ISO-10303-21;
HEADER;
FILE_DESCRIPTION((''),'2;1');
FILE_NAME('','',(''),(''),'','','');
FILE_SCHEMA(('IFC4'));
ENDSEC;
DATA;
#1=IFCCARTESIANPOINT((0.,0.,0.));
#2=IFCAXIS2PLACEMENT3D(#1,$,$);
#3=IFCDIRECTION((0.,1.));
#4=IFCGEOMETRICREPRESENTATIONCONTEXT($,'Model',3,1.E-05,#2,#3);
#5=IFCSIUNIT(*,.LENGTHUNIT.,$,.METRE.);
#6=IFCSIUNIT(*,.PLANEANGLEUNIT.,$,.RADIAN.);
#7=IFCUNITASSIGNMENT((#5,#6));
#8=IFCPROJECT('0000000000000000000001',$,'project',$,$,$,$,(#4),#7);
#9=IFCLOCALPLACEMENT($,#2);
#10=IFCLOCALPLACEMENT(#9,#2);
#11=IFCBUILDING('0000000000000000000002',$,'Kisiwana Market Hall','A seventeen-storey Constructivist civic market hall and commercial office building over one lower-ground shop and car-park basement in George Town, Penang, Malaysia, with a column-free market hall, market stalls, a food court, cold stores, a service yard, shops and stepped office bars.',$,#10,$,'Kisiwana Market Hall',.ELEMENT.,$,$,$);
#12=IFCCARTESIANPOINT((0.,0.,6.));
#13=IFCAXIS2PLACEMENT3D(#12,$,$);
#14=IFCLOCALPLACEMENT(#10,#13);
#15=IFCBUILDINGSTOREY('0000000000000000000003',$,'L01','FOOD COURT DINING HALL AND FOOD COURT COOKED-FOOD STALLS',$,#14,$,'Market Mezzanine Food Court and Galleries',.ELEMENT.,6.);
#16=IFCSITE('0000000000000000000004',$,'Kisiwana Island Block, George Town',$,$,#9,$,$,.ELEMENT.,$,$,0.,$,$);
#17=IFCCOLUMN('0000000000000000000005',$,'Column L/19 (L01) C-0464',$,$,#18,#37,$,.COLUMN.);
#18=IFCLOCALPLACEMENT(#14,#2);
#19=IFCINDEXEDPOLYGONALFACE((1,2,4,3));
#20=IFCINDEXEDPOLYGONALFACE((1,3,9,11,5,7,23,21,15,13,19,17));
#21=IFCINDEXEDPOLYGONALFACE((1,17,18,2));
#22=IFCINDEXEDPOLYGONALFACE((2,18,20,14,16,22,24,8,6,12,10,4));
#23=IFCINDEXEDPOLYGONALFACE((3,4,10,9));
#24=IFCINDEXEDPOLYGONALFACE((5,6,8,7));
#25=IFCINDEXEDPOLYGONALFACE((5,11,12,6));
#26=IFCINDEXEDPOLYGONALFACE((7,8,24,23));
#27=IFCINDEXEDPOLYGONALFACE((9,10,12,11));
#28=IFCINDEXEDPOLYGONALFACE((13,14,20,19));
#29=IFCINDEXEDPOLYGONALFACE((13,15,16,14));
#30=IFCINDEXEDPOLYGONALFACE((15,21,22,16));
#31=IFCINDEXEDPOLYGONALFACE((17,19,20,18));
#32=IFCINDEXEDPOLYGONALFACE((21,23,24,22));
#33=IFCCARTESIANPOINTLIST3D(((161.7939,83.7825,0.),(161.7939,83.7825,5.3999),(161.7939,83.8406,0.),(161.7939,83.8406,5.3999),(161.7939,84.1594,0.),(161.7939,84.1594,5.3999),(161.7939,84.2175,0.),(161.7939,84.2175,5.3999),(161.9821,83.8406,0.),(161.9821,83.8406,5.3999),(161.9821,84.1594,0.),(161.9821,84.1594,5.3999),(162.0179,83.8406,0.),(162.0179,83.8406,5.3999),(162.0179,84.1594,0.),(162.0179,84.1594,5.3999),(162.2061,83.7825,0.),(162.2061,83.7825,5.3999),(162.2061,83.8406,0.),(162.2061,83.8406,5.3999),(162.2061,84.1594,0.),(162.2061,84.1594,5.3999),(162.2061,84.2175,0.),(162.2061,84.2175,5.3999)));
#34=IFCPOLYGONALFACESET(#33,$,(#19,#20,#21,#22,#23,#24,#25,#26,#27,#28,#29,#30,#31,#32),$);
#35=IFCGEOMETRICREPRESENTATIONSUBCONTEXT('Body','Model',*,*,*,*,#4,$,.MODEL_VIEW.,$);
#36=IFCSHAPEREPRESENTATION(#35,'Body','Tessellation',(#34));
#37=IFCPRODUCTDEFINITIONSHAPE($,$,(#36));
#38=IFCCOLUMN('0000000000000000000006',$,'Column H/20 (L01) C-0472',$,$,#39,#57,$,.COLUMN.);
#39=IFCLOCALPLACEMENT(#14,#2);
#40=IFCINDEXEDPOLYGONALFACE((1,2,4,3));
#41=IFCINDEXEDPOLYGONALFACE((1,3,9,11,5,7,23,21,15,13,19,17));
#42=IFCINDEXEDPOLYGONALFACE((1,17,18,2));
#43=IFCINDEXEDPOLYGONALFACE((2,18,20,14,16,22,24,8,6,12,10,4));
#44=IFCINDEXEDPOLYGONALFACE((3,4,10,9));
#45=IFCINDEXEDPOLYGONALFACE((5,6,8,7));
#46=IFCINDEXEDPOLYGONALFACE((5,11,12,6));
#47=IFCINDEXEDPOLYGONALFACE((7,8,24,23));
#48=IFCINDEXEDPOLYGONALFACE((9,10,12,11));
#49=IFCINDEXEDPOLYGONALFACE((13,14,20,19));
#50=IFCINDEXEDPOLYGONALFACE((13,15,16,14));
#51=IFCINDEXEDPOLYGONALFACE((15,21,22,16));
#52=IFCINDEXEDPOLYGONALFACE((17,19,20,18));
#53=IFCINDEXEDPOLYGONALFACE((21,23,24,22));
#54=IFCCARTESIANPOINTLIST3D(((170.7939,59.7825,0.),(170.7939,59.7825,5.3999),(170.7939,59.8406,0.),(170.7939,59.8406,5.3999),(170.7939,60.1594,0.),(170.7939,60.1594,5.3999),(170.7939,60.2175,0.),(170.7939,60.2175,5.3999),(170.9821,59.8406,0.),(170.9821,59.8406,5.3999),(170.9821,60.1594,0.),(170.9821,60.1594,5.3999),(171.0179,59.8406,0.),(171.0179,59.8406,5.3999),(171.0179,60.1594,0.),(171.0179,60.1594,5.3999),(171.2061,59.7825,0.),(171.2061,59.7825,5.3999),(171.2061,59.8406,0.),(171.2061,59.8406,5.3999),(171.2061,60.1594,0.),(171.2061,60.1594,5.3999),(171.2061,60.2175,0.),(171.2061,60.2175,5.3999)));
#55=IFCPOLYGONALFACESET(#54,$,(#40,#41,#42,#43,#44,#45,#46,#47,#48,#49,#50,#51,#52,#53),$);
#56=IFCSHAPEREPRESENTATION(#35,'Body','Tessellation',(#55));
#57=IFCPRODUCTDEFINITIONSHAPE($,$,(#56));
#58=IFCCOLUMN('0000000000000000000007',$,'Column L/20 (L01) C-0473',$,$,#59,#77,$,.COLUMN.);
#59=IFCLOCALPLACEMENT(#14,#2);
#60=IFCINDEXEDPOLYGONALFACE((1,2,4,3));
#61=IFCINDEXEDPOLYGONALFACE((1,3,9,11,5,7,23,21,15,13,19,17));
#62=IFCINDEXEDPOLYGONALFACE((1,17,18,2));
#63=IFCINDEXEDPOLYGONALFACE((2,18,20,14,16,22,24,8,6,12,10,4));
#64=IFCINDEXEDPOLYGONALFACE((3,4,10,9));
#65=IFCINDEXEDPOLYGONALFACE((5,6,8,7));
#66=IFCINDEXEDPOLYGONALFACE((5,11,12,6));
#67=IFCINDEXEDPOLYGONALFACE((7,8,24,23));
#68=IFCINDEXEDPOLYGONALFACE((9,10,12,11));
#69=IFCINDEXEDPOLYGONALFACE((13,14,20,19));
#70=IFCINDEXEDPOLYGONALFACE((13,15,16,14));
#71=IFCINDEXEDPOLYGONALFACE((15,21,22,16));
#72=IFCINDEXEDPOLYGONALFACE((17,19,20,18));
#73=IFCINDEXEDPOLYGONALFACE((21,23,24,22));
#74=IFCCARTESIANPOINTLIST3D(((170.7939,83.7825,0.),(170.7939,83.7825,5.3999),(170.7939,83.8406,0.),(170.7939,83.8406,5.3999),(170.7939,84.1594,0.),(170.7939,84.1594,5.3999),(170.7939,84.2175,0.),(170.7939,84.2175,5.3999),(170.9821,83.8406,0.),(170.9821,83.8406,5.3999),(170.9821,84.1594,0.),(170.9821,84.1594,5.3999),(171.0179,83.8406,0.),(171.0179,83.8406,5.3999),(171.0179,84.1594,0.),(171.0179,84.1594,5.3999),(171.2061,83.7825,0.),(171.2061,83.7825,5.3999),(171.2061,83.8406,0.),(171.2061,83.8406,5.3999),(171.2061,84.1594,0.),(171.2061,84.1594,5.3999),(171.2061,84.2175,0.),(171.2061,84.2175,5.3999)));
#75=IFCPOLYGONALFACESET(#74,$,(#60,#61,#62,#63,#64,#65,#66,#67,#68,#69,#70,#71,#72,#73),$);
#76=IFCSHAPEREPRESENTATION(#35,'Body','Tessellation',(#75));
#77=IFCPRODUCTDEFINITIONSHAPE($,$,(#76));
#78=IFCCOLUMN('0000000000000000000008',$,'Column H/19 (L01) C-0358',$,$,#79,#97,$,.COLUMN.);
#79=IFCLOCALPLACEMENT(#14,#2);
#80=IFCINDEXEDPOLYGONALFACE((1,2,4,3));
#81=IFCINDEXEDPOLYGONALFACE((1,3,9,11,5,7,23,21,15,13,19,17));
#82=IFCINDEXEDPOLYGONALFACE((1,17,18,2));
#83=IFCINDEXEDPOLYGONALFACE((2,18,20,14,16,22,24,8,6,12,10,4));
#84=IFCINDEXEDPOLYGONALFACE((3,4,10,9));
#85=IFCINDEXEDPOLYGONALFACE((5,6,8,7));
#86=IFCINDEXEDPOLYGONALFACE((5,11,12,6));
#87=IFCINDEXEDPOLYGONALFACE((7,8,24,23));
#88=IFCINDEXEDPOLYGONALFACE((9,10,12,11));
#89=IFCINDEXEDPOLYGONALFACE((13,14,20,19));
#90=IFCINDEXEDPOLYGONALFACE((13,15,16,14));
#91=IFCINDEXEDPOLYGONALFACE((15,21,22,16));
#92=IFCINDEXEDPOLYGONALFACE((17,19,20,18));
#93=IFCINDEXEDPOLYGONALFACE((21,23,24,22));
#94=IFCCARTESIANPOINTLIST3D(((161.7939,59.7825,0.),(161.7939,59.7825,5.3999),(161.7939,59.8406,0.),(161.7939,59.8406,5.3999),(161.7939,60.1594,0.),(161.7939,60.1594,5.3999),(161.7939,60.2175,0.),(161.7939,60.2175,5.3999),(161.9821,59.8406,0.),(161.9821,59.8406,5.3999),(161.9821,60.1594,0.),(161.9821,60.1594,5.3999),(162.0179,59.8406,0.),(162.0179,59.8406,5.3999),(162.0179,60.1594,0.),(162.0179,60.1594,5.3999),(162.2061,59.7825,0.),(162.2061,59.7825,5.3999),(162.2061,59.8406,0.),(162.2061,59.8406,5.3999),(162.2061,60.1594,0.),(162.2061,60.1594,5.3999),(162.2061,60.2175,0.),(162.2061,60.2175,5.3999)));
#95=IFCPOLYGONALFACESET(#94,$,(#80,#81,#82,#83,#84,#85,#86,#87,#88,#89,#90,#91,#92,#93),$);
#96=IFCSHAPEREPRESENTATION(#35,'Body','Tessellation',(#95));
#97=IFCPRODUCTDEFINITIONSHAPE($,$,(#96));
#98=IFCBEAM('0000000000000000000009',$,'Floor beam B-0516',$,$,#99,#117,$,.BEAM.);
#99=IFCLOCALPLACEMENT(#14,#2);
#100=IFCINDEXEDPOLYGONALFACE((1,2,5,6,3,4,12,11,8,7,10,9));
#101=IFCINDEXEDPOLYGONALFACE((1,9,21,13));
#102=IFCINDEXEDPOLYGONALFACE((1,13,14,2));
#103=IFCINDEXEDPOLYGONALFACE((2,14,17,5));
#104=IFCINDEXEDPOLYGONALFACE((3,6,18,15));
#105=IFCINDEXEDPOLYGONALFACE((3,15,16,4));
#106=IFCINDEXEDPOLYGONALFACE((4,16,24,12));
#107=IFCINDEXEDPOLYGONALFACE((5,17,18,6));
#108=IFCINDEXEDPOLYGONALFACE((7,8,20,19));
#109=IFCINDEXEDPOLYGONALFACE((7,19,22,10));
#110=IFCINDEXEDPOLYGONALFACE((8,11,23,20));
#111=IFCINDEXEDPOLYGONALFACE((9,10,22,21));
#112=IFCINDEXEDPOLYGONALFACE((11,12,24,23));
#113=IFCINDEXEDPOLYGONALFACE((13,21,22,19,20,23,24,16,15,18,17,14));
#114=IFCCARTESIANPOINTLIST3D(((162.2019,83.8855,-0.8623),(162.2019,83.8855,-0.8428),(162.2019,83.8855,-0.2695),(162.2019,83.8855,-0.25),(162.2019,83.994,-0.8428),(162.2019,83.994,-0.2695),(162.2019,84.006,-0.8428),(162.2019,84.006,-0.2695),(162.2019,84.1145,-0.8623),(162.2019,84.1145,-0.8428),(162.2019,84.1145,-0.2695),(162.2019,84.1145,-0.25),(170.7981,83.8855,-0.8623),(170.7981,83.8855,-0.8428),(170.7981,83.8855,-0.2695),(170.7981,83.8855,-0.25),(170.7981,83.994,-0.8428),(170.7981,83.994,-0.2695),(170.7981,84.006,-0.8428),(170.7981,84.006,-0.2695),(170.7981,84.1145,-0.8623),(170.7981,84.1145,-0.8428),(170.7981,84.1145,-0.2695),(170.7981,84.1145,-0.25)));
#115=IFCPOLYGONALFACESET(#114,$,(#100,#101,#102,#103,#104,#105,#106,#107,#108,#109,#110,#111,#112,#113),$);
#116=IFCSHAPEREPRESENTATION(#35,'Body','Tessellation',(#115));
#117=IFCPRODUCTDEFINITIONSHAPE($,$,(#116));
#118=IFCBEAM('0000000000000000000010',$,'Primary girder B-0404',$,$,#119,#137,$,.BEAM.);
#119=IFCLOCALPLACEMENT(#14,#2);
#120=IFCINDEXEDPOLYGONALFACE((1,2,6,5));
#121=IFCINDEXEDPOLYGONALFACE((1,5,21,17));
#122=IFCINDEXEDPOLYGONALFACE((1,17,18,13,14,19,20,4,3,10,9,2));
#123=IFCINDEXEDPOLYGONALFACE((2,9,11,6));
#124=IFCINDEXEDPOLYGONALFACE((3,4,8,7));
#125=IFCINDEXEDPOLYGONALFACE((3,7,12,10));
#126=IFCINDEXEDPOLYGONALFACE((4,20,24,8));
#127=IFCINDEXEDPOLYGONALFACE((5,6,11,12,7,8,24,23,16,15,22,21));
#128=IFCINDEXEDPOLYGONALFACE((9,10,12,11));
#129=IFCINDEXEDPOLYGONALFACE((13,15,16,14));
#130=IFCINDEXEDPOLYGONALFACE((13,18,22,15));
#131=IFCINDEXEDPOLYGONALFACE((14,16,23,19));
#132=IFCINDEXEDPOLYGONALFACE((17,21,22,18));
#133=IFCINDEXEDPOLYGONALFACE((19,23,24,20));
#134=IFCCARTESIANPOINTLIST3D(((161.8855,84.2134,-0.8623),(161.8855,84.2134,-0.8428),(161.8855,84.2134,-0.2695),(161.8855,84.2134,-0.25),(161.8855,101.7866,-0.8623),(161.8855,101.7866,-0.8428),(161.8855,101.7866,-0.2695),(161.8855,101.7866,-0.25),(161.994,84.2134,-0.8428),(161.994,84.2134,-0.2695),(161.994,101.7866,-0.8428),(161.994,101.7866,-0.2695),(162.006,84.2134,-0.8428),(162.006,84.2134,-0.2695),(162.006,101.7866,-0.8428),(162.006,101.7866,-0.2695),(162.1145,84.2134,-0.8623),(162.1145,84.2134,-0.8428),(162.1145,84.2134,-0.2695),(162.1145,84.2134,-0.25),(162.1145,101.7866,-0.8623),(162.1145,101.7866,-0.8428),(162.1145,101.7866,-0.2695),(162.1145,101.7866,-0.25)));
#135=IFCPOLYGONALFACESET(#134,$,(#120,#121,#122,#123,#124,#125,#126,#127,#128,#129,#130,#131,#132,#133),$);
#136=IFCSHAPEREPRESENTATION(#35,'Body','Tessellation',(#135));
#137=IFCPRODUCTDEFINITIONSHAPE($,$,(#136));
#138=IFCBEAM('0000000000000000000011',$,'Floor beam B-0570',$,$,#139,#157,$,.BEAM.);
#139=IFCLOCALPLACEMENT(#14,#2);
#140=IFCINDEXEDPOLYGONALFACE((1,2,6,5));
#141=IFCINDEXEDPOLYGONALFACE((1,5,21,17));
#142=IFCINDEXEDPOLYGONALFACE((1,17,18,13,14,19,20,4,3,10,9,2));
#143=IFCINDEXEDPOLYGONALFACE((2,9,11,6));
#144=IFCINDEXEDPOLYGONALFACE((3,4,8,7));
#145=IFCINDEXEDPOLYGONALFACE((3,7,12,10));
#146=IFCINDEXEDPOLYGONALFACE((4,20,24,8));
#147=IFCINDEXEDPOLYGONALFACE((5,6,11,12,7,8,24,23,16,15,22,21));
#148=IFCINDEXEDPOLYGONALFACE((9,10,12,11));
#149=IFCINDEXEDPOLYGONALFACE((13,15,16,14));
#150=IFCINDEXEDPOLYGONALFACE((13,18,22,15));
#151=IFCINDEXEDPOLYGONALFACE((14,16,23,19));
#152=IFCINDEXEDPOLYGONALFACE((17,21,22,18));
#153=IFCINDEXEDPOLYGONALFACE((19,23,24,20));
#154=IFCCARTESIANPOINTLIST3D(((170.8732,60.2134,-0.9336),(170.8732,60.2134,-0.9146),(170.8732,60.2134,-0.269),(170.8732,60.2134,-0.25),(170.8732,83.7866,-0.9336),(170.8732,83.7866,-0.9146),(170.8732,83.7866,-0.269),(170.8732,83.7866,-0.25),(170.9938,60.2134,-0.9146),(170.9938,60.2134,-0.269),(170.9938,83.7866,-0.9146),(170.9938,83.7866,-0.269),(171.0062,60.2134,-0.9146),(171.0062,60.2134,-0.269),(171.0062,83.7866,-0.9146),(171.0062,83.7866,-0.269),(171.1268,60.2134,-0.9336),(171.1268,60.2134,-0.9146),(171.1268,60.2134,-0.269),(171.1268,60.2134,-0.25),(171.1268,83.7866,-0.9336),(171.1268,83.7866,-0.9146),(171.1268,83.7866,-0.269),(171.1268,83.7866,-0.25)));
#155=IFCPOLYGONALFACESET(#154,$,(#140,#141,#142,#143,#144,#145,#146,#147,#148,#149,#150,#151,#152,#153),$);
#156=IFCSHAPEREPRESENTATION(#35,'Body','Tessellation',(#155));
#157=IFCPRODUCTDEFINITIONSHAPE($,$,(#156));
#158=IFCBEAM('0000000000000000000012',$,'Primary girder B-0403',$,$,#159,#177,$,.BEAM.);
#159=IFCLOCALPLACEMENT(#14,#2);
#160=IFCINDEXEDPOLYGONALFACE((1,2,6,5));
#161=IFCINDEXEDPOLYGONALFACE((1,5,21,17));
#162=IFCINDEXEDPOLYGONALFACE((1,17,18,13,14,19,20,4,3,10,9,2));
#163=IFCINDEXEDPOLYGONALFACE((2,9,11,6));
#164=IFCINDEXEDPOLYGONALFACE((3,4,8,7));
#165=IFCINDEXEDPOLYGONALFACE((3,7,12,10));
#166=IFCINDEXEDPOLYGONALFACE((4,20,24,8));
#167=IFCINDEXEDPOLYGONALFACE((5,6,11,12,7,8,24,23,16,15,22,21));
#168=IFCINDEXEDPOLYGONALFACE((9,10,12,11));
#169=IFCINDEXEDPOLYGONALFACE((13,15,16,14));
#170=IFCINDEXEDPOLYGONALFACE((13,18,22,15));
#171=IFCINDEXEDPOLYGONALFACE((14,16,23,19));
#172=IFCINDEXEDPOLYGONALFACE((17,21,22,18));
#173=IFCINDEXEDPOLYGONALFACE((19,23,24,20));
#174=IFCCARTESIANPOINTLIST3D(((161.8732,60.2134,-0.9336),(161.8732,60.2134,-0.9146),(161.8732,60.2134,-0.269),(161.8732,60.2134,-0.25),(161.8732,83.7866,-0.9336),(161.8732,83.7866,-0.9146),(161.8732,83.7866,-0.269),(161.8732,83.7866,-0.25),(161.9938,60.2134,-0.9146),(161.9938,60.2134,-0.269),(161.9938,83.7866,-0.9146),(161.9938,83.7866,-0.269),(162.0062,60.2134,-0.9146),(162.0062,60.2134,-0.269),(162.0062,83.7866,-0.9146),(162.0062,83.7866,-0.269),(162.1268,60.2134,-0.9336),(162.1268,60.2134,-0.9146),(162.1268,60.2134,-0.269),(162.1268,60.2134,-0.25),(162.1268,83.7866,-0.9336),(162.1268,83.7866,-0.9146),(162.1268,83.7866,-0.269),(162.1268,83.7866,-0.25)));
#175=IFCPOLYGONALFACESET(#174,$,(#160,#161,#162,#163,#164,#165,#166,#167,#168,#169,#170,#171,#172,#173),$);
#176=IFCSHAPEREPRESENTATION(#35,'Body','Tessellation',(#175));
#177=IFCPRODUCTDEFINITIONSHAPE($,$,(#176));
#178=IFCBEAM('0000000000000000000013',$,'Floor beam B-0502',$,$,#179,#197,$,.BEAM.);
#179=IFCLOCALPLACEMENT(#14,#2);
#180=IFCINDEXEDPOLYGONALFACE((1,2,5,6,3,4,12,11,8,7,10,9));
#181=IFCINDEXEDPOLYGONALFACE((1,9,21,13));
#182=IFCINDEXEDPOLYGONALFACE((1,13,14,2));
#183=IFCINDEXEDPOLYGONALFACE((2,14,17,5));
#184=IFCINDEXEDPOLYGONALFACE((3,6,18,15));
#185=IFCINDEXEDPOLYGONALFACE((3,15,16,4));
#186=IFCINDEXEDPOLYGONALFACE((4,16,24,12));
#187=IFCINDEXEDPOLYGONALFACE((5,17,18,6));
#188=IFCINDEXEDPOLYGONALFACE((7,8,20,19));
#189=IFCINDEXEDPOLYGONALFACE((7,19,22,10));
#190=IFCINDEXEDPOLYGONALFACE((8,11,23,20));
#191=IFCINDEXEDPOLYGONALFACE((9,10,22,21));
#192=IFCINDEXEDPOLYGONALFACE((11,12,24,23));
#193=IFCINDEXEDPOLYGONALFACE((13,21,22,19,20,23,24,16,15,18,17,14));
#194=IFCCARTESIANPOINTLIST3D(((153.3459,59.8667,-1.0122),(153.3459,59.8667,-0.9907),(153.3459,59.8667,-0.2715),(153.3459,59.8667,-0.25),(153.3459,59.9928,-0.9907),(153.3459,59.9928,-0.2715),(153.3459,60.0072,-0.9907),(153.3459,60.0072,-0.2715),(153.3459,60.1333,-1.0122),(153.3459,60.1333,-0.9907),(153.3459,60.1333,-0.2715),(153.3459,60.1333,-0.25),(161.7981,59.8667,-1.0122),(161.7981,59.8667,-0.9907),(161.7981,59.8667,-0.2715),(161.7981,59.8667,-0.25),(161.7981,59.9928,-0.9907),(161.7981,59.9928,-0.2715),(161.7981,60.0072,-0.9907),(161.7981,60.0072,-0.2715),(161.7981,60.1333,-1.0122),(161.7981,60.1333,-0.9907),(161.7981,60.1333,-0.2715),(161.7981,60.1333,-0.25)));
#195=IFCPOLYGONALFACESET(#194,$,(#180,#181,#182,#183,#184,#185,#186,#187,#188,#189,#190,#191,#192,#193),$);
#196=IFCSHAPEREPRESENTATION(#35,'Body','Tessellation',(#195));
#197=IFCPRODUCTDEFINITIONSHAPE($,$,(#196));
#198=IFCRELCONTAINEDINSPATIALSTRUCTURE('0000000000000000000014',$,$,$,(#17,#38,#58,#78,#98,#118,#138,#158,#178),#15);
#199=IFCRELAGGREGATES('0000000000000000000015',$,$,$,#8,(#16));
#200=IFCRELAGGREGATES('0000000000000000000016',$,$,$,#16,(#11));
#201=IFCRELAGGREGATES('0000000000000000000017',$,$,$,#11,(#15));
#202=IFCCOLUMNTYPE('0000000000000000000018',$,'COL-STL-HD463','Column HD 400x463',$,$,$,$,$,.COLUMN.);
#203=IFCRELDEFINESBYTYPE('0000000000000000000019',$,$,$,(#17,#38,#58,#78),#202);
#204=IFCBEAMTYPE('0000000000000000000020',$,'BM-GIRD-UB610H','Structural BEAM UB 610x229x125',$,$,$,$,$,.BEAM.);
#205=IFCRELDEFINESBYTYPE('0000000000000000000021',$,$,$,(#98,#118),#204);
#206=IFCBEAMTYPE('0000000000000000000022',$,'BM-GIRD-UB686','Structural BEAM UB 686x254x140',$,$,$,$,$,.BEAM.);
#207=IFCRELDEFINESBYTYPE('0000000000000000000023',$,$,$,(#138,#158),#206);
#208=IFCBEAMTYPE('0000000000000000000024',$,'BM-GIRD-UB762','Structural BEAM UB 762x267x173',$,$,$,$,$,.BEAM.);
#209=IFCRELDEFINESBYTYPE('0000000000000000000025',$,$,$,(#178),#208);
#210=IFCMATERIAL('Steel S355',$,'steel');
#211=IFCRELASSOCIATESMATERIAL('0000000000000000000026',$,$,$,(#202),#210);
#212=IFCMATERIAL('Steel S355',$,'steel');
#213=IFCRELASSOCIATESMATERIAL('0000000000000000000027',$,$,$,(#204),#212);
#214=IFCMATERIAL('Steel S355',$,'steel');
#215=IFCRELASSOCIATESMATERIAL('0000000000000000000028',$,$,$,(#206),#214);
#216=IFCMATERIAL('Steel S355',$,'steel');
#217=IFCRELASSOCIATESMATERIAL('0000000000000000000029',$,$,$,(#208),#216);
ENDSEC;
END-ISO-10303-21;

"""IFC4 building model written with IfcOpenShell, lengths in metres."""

from ifc_helpers import new_model, si_unit, direction, frame, origin, origin_2d, place, context, subcontext, project, spatial, i_section, extrude, material, material_profile, profile_set, type_object, element, save


model = new_model("IFC4")

# Units and contexts
model_context = context("Model", 3, precision=1e-05, world=origin(), true_north=direction((0.0, 1.0)))
body_context = subcontext(model_context, "Body", "Model", "MODEL_VIEW")
ifc_project = project(units=[si_unit("LENGTHUNIT", "METRE"), si_unit("PLANEANGLEUNIT", "RADIAN")], contexts=[model_context])

# Site, building, storey
site_placement = place(None, origin())
site = spatial("IfcSite", under=ifc_project, at=site_placement, Name="Kisiwana Island Block, George Town", CompositionType="ELEMENT", RefElevation=0.0)
building_placement = place(site_placement, origin())
building = spatial("IfcBuilding", under=site, at=building_placement, Name="Kisiwana Market Hall", Description="A seventeen-storey Constructivist civic market hall and commercial office building over one lower-ground shop and car-park basement in George Town, Penang, Malaysia, with a column-free market hall, market stalls, a food court, cold stores, a service yard, shops and stepped office bars.", LongName="Kisiwana Market Hall", CompositionType="ELEMENT")
storey_placement = place(building_placement, frame((0.0, 0.0, 6.0)))
storey = spatial("IfcBuildingStorey", under=building, at=storey_placement, Name="L01", Description="FOOD COURT DINING HALL AND FOOD COURT COOKED-FOOD STALLS", LongName="Market Mezzanine Food Court and Galleries", CompositionType="ELEMENT", Elevation=6.0)

# Columns
ifc_material_1 = material(Name="Steel S355", Category="steel")
ifc_material_profile_1 = material_profile(ifc_material_1, i_section(OverallWidth=0.4121, OverallDepth=0.4351, WebThickness=0.0359, FlangeThickness=0.0581, at=origin_2d()), Name="HD 400x463")
ifc_profile_set_1 = profile_set([ifc_material_profile_1], Name="Steel S355")
column_type = type_object("IfcColumnType", Name="COL-STL-HD463", Description="Column HD 400x463", PredefinedType="COLUMN", material=ifc_profile_set_1)
for number, where, z_axis, x_axis, name in (
    (1, (162.0, 84.0, 0.0), (0.0, 0.0, 1.0), (1.0, 0.0, 0.0), "Column L/19 (L01) C-0464"),
    (2, (171.0, 60.0, 0.0), (0.0, 0.0, 1.0), (1.0, 0.0, 0.0), "Column H/20 (L01) C-0472"),
    (3, (171.0, 84.0, 0.0), (0.0, 0.0, 1.0), (1.0, 0.0, 0.0), "Column L/20 (L01) C-0473"),
    (4, (162.0, 60.0, 0.0), (0.0, 0.0, 1.0), (1.0, 0.0, 0.0), "Column H/19 (L01) C-0358"),
):
    element("IfcColumn", number, at=place(storey_placement, frame(where, z_axis=z_axis, x_axis=x_axis)), inside=storey, type_object=column_type, Name=name, PredefinedType="COLUMN", context=body_context, shape_type="SweptSolid", body=[
        extrude(i_section(OverallWidth=0.4121, OverallDepth=0.4351, WebThickness=0.0359, FlangeThickness=0.0581, at=origin_2d()), origin(), (0.0, 0.0, 1.0), 5.3999),
    ])

# Beams
ifc_material_2 = material(Name="Steel S355", Category="steel")
ifc_material_profile_2 = material_profile(ifc_material_2, i_section(OverallWidth=0.229, OverallDepth=0.6123, WebThickness=0.012, FlangeThickness=0.0195, at=origin_2d()), Name="UB 610x229x125")
ifc_profile_set_2 = profile_set([ifc_material_profile_2], Name="Steel S355")
beam_type_1 = type_object("IfcBeamType", Name="BM-GIRD-UB610H", Description="Structural BEAM UB 610x229x125", PredefinedType="BEAM", material=ifc_profile_set_2)
beam_1_placement = place(storey_placement, frame((162.2019, 84.0, -0.5562), z_axis=(1.0, 0.0, 0.0), x_axis=(0.0, 1.0, 0.0)))
element("IfcBeam", 5, at=beam_1_placement, inside=storey, type_object=beam_type_1, Name="Floor beam B-0516", PredefinedType="BEAM", context=body_context, shape_type="SweptSolid", body=[
    extrude(i_section(OverallWidth=0.229, OverallDepth=0.6123, WebThickness=0.012, FlangeThickness=0.0195, at=origin_2d()), origin(), (0.0, 0.0, 1.0), 8.5962),
])
beam_2_placement = place(storey_placement, frame((162.0, 84.2134, -0.5562), z_axis=(0.0, 1.0, 0.0), x_axis=(-1.0, 0.0, 0.0)))
element("IfcBeam", 6, at=beam_2_placement, inside=storey, type_object=beam_type_1, Name="Primary girder B-0404", PredefinedType="BEAM", context=body_context, shape_type="SweptSolid", body=[
    extrude(i_section(OverallWidth=0.229, OverallDepth=0.6123, WebThickness=0.012, FlangeThickness=0.0195, at=origin_2d()), origin(), (0.0, 0.0, 1.0), 17.5732),
])
ifc_material_3 = material(Name="Steel S355", Category="steel")
ifc_material_profile_3 = material_profile(ifc_material_3, i_section(OverallWidth=0.2537, OverallDepth=0.6836, WebThickness=0.0125, FlangeThickness=0.019, at=origin_2d()), Name="UB 686x254x140")
ifc_profile_set_3 = profile_set([ifc_material_profile_3], Name="Steel S355")
beam_type_2 = type_object("IfcBeamType", Name="BM-GIRD-UB686", Description="Structural BEAM UB 686x254x140", PredefinedType="BEAM", material=ifc_profile_set_3)
for number, where, z_axis, x_axis, name in (
    (7, (171.0, 60.2134, -0.5918), (0.0, 1.0, 0.0), (-1.0, 0.0, 0.0), "Floor beam B-0570"),
    (8, (162.0, 60.2134, -0.5918), (0.0, 1.0, 0.0), (-1.0, 0.0, 0.0), "Primary girder B-0403"),
):
    element("IfcBeam", number, at=place(storey_placement, frame(where, z_axis=z_axis, x_axis=x_axis)), inside=storey, type_object=beam_type_2, Name=name, PredefinedType="BEAM", context=body_context, shape_type="SweptSolid", body=[
        extrude(i_section(OverallWidth=0.2537, OverallDepth=0.6836, WebThickness=0.0125, FlangeThickness=0.019, at=origin_2d()), origin(), (0.0, 0.0, 1.0), 23.5732),
    ])
ifc_material_4 = material(Name="Steel S355", Category="steel")
ifc_material_profile_4 = material_profile(ifc_material_4, i_section(OverallWidth=0.2666, OverallDepth=0.7622, WebThickness=0.0144, FlangeThickness=0.0215, at=origin_2d()), Name="UB 762x267x173")
ifc_profile_set_4 = profile_set([ifc_material_profile_4], Name="Steel S355")
beam_type_3 = type_object("IfcBeamType", Name="BM-GIRD-UB762", Description="Structural BEAM UB 762x267x173", PredefinedType="BEAM", material=ifc_profile_set_4)
beam_3_placement = place(storey_placement, frame((153.3459, 60.0, -0.6311), z_axis=(1.0, 0.0, 0.0), x_axis=(0.0, 1.0, 0.0)))
element("IfcBeam", 9, at=beam_3_placement, inside=storey, type_object=beam_type_3, Name="Floor beam B-0502", PredefinedType="BEAM", context=body_context, shape_type="SweptSolid", body=[
    extrude(i_section(OverallWidth=0.2666, OverallDepth=0.7622, WebThickness=0.0144, FlangeThickness=0.0215, at=origin_2d()), origin(), (0.0, 0.0, 1.0), 8.4521),
])

save(model, "model.ifc")
